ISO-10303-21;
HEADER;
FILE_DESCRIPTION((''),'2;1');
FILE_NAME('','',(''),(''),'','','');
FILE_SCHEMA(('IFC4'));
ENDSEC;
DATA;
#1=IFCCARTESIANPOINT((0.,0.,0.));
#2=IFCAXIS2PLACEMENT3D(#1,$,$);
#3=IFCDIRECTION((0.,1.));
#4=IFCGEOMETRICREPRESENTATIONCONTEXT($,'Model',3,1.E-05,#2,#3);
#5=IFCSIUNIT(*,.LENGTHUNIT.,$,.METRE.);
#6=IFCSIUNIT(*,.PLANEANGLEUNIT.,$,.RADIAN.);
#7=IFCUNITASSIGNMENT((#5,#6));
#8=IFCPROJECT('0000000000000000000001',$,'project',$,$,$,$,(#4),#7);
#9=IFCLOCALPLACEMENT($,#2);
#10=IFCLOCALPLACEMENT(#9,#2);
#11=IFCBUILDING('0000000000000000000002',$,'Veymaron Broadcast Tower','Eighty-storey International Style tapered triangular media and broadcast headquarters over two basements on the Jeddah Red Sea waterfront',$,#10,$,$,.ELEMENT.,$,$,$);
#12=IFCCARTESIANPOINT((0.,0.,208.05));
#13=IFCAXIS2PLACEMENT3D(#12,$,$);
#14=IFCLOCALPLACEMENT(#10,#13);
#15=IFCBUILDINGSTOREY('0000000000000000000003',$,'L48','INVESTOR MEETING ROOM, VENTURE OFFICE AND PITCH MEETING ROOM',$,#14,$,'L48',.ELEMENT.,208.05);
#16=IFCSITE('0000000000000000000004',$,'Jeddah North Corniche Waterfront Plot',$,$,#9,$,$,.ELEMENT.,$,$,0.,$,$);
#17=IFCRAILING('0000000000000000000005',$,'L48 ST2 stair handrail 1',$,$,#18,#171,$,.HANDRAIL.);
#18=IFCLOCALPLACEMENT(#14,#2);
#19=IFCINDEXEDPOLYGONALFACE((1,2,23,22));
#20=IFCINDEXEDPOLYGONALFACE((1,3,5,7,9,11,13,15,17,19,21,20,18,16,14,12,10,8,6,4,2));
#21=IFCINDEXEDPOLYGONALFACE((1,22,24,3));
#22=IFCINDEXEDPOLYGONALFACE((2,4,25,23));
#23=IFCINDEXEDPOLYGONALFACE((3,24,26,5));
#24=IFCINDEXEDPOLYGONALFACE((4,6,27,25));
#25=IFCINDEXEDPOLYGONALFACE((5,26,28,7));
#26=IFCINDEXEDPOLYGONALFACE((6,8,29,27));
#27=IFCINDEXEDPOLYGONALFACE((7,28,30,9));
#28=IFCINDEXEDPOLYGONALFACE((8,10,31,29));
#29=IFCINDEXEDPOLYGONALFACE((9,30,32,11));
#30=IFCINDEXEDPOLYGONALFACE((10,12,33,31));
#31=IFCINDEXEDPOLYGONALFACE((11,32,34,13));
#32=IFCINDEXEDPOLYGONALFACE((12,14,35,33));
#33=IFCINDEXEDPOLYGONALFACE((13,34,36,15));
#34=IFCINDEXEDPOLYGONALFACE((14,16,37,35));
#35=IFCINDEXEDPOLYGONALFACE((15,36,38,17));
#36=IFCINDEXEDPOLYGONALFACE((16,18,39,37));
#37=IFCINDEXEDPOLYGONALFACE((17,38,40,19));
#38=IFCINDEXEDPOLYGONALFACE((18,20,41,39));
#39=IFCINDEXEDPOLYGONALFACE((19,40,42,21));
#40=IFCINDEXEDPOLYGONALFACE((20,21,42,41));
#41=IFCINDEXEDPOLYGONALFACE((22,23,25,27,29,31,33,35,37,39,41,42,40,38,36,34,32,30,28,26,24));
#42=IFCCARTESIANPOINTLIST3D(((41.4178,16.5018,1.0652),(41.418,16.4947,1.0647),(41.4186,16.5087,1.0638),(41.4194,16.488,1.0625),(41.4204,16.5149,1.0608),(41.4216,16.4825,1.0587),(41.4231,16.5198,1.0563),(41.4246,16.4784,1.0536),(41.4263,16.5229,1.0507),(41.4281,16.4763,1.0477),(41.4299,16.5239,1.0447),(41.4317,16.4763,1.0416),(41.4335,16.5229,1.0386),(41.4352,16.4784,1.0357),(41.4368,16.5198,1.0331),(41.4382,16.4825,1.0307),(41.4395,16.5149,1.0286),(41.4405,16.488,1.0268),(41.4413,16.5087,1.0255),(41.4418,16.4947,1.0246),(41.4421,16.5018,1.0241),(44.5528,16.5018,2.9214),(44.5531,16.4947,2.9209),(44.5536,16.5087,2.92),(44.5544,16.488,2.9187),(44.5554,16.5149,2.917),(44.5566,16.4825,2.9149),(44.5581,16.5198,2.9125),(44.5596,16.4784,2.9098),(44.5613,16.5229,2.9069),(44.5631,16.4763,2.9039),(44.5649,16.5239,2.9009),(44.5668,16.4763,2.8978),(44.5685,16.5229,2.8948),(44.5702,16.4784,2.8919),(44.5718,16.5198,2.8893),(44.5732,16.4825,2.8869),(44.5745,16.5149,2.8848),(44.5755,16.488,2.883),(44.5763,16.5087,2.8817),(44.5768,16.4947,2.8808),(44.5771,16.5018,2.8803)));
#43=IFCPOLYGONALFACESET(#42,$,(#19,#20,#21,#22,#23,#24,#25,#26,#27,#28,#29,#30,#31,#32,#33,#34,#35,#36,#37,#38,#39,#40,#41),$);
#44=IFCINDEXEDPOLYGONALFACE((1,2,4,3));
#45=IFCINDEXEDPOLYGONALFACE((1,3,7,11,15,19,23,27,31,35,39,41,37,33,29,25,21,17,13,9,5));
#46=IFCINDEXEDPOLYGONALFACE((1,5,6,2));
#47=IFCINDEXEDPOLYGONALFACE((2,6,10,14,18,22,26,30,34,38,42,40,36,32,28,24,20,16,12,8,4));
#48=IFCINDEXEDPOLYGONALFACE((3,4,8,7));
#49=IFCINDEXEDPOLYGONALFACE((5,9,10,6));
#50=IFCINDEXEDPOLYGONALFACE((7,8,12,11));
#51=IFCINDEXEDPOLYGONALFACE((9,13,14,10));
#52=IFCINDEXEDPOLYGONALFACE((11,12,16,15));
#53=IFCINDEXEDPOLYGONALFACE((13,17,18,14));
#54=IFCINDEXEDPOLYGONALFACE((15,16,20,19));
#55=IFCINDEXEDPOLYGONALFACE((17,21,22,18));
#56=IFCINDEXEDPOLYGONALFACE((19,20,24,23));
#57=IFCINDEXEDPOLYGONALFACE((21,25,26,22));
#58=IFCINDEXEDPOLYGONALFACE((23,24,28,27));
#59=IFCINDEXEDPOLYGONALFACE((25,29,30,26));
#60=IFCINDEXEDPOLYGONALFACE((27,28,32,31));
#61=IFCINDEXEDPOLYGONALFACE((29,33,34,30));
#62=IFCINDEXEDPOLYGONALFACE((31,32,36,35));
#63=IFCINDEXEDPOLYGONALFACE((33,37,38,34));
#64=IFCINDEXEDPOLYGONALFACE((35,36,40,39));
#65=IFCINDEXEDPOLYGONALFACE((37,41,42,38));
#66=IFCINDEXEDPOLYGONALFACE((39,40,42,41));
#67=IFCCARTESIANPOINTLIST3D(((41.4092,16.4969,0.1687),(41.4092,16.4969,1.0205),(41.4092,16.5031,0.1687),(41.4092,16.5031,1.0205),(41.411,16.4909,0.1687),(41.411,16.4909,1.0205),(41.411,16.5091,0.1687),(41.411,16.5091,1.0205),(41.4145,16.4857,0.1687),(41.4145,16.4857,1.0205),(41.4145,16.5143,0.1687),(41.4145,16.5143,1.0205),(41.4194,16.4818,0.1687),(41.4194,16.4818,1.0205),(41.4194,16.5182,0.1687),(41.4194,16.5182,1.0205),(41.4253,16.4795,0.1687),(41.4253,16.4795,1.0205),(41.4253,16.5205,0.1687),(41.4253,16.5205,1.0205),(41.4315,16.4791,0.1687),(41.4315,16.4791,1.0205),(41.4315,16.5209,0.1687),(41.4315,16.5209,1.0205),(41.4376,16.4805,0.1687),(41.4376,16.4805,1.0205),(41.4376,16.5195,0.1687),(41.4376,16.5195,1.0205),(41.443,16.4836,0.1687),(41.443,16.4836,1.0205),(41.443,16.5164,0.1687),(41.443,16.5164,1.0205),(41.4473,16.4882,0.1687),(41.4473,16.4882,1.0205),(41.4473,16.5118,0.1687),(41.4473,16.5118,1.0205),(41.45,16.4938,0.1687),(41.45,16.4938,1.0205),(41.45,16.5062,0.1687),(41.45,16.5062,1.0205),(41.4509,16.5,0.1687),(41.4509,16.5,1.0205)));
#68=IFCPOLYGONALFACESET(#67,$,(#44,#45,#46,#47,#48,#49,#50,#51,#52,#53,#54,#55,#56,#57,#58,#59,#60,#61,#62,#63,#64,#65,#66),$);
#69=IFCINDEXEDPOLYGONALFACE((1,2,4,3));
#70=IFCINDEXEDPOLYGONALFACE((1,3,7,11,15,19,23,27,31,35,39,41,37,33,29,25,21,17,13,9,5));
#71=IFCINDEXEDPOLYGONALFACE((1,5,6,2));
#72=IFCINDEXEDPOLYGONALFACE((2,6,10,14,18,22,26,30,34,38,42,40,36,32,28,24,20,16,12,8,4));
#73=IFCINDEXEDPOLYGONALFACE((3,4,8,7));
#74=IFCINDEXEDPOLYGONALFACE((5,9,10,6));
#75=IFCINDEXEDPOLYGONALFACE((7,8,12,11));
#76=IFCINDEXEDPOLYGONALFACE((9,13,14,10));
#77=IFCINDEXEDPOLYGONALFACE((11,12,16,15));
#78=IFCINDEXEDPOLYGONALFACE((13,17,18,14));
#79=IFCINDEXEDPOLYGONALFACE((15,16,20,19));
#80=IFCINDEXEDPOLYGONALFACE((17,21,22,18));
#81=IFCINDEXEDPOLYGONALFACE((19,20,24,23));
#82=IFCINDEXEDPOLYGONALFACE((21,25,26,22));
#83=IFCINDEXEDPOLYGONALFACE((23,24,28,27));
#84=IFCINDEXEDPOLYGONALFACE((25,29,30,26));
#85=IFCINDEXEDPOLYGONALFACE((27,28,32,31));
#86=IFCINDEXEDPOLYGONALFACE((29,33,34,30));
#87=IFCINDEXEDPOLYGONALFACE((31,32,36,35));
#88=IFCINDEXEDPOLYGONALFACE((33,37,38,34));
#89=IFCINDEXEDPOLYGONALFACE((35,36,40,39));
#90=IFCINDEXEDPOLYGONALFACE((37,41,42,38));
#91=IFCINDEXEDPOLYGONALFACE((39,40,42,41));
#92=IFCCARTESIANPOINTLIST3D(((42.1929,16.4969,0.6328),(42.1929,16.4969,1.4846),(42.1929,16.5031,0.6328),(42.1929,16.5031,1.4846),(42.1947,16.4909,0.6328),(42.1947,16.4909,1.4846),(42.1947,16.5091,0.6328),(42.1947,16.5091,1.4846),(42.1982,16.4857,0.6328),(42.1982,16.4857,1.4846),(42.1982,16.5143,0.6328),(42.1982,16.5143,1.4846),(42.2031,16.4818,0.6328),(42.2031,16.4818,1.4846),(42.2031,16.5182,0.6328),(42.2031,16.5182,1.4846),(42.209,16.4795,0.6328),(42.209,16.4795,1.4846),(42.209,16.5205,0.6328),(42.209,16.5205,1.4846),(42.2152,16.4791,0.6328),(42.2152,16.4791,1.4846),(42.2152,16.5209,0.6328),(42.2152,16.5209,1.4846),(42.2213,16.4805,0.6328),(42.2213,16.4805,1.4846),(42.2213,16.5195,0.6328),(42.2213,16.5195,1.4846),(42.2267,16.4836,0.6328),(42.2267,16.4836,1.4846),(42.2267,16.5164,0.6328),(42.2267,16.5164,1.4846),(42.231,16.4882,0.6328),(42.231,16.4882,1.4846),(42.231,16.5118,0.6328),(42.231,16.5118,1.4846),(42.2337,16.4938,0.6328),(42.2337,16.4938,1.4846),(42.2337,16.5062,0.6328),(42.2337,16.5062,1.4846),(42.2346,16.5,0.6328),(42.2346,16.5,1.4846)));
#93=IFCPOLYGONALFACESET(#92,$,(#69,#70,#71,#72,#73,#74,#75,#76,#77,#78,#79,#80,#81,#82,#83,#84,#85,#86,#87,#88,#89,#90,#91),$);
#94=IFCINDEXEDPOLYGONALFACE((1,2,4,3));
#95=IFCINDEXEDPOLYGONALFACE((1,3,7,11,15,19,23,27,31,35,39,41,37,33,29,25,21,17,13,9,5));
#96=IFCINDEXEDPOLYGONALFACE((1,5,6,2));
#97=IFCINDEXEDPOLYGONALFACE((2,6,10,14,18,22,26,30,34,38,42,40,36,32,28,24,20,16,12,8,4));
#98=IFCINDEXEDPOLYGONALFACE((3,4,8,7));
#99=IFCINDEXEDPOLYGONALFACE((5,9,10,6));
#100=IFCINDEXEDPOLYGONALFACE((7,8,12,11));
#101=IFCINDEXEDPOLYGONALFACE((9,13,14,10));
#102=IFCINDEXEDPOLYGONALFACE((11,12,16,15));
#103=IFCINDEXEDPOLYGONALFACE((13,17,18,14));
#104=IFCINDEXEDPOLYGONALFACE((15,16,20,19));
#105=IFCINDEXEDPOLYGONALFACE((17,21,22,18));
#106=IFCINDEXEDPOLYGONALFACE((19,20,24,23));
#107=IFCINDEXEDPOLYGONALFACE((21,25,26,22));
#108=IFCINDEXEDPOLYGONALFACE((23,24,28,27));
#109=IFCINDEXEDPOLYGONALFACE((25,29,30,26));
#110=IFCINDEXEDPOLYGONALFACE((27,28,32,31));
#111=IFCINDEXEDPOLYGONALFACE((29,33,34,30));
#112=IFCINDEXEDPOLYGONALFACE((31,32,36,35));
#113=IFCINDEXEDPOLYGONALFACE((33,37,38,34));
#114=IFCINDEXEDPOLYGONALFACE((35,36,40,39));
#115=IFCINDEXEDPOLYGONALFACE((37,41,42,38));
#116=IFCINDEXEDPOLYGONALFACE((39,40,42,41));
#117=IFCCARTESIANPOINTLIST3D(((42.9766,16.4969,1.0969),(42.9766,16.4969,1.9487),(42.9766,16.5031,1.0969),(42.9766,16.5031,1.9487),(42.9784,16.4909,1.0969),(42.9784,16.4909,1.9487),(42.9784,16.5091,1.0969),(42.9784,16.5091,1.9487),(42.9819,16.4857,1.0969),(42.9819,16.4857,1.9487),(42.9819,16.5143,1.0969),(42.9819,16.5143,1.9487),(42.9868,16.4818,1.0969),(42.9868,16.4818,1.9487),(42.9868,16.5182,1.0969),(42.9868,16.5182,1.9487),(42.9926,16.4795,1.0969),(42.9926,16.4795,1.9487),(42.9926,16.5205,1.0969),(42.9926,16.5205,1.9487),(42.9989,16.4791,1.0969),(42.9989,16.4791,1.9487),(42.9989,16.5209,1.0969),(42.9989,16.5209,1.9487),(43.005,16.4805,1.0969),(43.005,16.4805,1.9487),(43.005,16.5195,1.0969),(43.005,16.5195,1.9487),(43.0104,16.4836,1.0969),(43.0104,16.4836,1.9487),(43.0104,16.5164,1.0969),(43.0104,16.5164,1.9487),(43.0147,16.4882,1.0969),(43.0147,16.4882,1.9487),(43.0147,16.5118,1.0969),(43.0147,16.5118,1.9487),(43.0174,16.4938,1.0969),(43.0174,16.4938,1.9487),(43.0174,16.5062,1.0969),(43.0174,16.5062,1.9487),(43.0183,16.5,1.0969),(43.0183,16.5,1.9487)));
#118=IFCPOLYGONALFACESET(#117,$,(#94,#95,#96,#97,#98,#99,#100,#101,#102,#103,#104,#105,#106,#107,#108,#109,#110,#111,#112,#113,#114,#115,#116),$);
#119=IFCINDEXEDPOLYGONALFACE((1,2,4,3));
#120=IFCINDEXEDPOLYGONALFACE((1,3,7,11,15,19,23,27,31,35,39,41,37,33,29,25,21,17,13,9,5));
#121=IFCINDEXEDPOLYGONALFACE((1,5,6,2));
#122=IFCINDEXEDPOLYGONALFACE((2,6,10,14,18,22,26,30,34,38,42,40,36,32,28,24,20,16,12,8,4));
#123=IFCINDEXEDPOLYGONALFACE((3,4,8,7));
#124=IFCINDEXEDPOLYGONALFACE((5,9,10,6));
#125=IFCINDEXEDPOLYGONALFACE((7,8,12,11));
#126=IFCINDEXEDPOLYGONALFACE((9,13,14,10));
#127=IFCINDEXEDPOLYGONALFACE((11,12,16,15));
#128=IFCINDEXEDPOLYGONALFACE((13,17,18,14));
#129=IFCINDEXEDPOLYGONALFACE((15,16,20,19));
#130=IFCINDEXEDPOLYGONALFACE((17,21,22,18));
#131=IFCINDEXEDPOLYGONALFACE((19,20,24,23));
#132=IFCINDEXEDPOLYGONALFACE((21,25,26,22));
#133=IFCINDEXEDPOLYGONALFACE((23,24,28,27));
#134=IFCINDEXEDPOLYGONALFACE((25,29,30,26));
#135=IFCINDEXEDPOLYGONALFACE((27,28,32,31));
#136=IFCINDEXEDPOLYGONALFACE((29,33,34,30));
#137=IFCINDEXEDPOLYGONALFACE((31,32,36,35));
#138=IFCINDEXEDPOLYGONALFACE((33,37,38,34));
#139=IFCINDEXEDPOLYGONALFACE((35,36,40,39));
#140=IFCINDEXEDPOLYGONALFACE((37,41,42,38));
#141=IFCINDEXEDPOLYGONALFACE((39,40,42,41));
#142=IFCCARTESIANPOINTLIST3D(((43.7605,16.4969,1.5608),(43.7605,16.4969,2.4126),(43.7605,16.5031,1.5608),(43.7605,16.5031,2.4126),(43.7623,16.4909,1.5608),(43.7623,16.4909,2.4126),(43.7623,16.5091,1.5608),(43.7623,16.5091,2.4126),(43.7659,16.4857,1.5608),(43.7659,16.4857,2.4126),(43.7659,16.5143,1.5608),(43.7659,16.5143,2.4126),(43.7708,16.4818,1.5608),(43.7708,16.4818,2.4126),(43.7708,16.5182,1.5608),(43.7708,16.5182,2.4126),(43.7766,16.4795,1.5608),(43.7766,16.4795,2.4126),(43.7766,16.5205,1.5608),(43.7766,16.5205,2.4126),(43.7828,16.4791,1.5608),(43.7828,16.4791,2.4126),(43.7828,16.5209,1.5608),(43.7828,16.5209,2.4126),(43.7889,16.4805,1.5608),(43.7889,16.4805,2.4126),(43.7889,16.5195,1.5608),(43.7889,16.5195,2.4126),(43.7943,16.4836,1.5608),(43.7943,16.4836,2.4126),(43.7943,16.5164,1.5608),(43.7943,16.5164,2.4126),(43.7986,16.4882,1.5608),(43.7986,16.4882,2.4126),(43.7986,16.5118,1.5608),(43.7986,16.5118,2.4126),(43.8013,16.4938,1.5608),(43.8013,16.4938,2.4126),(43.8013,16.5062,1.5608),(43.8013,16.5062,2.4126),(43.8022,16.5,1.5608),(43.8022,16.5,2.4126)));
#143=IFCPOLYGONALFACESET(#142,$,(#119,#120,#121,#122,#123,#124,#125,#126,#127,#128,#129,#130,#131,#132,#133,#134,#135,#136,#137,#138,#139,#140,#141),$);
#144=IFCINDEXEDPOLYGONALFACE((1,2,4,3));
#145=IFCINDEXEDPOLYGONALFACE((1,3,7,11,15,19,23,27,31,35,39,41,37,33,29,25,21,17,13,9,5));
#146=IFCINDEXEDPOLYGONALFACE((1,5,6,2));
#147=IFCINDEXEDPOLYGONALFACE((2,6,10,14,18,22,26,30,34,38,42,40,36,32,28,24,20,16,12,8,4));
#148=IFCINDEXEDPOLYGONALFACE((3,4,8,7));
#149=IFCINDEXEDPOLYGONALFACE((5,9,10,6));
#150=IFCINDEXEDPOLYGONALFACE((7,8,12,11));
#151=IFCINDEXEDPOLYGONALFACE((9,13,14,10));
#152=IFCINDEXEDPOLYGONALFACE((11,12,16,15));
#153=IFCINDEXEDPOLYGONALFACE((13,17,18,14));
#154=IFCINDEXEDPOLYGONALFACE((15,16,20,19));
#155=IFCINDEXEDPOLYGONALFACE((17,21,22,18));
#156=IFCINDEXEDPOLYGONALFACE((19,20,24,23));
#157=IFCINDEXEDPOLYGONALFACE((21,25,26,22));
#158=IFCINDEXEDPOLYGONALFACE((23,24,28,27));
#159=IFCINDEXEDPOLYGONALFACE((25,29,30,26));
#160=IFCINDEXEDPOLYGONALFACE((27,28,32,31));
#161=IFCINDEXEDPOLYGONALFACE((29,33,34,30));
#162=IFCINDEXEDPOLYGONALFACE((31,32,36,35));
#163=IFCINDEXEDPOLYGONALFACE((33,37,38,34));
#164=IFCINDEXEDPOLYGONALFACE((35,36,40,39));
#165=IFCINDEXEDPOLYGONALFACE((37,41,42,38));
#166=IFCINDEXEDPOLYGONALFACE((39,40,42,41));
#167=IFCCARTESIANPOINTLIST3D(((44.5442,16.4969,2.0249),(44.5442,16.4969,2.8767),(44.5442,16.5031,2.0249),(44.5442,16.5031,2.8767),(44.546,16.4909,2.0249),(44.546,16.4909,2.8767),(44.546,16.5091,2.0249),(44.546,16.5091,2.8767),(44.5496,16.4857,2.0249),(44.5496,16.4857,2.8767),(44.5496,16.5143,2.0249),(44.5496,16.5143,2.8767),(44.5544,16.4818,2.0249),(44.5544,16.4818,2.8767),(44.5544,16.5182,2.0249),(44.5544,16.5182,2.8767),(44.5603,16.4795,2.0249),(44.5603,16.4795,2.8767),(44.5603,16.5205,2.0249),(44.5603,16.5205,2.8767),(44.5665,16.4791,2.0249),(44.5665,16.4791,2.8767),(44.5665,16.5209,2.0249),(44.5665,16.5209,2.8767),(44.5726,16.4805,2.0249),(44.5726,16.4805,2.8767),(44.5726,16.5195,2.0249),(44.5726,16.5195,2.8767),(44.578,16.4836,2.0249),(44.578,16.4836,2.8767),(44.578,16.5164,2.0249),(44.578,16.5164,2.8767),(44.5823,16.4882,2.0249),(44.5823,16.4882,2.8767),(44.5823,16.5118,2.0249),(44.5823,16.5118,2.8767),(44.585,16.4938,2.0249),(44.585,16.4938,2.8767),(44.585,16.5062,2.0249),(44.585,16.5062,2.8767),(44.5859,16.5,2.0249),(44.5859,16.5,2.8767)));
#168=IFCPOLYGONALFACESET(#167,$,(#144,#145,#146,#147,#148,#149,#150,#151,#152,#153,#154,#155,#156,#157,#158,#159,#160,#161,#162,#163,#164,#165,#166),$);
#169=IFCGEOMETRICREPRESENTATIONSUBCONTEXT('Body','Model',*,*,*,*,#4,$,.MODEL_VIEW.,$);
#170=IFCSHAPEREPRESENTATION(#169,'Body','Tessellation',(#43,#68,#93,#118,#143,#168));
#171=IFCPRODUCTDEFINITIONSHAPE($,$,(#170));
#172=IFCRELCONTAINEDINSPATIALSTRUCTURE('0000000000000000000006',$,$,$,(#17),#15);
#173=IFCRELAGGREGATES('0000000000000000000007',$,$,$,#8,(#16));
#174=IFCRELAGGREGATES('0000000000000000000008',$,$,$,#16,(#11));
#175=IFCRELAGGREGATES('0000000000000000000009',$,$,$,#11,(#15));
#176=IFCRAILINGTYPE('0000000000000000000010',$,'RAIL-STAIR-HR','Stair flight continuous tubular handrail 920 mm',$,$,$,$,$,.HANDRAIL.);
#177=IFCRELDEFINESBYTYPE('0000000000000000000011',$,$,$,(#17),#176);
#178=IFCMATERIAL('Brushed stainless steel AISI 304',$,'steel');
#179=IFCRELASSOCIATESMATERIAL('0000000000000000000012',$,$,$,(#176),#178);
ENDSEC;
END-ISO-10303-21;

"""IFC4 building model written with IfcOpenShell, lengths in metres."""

from ifc_helpers import new_model, si_unit, direction, frame, origin, origin_2d, place, context, subcontext, project, spatial, circle, extrude, material, type_object, element, save


model = new_model("IFC4")

# Units and contexts
model_context = context("Model", 3, precision=1e-05, world=origin(), true_north=direction((0.0, 1.0)))
body_context = subcontext(model_context, "Body", "Model", "MODEL_VIEW")
ifc_project = project(units=[si_unit("LENGTHUNIT", "METRE"), si_unit("PLANEANGLEUNIT", "RADIAN")], contexts=[model_context])

# Site, building, storey
site_placement = place(None, origin())
site = spatial("IfcSite", under=ifc_project, at=site_placement, Name="Jeddah North Corniche Waterfront Plot", CompositionType="ELEMENT", RefElevation=0.0)
building_placement = place(site_placement, origin())
building = spatial("IfcBuilding", under=site, at=building_placement, Name="Veymaron Broadcast Tower", Description="Eighty-storey International Style tapered triangular media and broadcast headquarters over two basements on the Jeddah Red Sea waterfront", CompositionType="ELEMENT")
storey_placement = place(building_placement, frame((0.0, 0.0, 208.05)))
storey = spatial("IfcBuildingStorey", under=building, at=storey_placement, Name="L48", Description="INVESTOR MEETING ROOM, VENTURE OFFICE AND PITCH MEETING ROOM", LongName="L48", CompositionType="ELEMENT", Elevation=208.05)

# Railing
ifc_material_1 = material(Name="Brushed stainless steel AISI 304", Category="steel")
railing_type_1 = type_object("IfcRailingType", Name="RAIL-STAIR-HR", Description="Stair flight continuous tubular handrail 920 mm", PredefinedType="HANDRAIL", material=ifc_material_1)
railing_1_placement = place(storey_placement, frame((41.4299, 16.5, 0.1687)))
element("IfcRailing", 1, at=railing_1_placement, inside=storey, type_object=railing_type_1, Name="L48 ST2 stair handrail 1", PredefinedType="HANDRAIL", context=body_context, shape_type="SweptSolid", body=[
    extrude(circle(Radius=0.0239, at=origin_2d()), frame((0.0, 0.0, 0.876), z_axis=(0.860482, 0.0, 0.509481), x_axis=(0.0, 1.0, 0.0)), (0.0, 0.0, 1.0), 3.6433),
    extrude(circle(Radius=0.021, at=origin_2d()), origin(), (0.0, 0.0, 1.0), 0.8518),
    extrude(circle(Radius=0.021, at=origin_2d()), frame((0.7837, 0.0, 0.4641)), (0.0, 0.0, 1.0), 0.8518),
    extrude(circle(Radius=0.021, at=origin_2d()), frame((1.5674, 0.0, 0.9282)), (0.0, 0.0, 1.0), 0.8518),
    extrude(circle(Radius=0.021, at=origin_2d()), frame((2.3513, 0.0, 1.3921)), (0.0, 0.0, 1.0), 0.8518),
    extrude(circle(Radius=0.021, at=origin_2d()), frame((3.135, 0.0, 1.8562)), (0.0, 0.0, 1.0), 0.8518),
])

save(model, "model.ifc")
